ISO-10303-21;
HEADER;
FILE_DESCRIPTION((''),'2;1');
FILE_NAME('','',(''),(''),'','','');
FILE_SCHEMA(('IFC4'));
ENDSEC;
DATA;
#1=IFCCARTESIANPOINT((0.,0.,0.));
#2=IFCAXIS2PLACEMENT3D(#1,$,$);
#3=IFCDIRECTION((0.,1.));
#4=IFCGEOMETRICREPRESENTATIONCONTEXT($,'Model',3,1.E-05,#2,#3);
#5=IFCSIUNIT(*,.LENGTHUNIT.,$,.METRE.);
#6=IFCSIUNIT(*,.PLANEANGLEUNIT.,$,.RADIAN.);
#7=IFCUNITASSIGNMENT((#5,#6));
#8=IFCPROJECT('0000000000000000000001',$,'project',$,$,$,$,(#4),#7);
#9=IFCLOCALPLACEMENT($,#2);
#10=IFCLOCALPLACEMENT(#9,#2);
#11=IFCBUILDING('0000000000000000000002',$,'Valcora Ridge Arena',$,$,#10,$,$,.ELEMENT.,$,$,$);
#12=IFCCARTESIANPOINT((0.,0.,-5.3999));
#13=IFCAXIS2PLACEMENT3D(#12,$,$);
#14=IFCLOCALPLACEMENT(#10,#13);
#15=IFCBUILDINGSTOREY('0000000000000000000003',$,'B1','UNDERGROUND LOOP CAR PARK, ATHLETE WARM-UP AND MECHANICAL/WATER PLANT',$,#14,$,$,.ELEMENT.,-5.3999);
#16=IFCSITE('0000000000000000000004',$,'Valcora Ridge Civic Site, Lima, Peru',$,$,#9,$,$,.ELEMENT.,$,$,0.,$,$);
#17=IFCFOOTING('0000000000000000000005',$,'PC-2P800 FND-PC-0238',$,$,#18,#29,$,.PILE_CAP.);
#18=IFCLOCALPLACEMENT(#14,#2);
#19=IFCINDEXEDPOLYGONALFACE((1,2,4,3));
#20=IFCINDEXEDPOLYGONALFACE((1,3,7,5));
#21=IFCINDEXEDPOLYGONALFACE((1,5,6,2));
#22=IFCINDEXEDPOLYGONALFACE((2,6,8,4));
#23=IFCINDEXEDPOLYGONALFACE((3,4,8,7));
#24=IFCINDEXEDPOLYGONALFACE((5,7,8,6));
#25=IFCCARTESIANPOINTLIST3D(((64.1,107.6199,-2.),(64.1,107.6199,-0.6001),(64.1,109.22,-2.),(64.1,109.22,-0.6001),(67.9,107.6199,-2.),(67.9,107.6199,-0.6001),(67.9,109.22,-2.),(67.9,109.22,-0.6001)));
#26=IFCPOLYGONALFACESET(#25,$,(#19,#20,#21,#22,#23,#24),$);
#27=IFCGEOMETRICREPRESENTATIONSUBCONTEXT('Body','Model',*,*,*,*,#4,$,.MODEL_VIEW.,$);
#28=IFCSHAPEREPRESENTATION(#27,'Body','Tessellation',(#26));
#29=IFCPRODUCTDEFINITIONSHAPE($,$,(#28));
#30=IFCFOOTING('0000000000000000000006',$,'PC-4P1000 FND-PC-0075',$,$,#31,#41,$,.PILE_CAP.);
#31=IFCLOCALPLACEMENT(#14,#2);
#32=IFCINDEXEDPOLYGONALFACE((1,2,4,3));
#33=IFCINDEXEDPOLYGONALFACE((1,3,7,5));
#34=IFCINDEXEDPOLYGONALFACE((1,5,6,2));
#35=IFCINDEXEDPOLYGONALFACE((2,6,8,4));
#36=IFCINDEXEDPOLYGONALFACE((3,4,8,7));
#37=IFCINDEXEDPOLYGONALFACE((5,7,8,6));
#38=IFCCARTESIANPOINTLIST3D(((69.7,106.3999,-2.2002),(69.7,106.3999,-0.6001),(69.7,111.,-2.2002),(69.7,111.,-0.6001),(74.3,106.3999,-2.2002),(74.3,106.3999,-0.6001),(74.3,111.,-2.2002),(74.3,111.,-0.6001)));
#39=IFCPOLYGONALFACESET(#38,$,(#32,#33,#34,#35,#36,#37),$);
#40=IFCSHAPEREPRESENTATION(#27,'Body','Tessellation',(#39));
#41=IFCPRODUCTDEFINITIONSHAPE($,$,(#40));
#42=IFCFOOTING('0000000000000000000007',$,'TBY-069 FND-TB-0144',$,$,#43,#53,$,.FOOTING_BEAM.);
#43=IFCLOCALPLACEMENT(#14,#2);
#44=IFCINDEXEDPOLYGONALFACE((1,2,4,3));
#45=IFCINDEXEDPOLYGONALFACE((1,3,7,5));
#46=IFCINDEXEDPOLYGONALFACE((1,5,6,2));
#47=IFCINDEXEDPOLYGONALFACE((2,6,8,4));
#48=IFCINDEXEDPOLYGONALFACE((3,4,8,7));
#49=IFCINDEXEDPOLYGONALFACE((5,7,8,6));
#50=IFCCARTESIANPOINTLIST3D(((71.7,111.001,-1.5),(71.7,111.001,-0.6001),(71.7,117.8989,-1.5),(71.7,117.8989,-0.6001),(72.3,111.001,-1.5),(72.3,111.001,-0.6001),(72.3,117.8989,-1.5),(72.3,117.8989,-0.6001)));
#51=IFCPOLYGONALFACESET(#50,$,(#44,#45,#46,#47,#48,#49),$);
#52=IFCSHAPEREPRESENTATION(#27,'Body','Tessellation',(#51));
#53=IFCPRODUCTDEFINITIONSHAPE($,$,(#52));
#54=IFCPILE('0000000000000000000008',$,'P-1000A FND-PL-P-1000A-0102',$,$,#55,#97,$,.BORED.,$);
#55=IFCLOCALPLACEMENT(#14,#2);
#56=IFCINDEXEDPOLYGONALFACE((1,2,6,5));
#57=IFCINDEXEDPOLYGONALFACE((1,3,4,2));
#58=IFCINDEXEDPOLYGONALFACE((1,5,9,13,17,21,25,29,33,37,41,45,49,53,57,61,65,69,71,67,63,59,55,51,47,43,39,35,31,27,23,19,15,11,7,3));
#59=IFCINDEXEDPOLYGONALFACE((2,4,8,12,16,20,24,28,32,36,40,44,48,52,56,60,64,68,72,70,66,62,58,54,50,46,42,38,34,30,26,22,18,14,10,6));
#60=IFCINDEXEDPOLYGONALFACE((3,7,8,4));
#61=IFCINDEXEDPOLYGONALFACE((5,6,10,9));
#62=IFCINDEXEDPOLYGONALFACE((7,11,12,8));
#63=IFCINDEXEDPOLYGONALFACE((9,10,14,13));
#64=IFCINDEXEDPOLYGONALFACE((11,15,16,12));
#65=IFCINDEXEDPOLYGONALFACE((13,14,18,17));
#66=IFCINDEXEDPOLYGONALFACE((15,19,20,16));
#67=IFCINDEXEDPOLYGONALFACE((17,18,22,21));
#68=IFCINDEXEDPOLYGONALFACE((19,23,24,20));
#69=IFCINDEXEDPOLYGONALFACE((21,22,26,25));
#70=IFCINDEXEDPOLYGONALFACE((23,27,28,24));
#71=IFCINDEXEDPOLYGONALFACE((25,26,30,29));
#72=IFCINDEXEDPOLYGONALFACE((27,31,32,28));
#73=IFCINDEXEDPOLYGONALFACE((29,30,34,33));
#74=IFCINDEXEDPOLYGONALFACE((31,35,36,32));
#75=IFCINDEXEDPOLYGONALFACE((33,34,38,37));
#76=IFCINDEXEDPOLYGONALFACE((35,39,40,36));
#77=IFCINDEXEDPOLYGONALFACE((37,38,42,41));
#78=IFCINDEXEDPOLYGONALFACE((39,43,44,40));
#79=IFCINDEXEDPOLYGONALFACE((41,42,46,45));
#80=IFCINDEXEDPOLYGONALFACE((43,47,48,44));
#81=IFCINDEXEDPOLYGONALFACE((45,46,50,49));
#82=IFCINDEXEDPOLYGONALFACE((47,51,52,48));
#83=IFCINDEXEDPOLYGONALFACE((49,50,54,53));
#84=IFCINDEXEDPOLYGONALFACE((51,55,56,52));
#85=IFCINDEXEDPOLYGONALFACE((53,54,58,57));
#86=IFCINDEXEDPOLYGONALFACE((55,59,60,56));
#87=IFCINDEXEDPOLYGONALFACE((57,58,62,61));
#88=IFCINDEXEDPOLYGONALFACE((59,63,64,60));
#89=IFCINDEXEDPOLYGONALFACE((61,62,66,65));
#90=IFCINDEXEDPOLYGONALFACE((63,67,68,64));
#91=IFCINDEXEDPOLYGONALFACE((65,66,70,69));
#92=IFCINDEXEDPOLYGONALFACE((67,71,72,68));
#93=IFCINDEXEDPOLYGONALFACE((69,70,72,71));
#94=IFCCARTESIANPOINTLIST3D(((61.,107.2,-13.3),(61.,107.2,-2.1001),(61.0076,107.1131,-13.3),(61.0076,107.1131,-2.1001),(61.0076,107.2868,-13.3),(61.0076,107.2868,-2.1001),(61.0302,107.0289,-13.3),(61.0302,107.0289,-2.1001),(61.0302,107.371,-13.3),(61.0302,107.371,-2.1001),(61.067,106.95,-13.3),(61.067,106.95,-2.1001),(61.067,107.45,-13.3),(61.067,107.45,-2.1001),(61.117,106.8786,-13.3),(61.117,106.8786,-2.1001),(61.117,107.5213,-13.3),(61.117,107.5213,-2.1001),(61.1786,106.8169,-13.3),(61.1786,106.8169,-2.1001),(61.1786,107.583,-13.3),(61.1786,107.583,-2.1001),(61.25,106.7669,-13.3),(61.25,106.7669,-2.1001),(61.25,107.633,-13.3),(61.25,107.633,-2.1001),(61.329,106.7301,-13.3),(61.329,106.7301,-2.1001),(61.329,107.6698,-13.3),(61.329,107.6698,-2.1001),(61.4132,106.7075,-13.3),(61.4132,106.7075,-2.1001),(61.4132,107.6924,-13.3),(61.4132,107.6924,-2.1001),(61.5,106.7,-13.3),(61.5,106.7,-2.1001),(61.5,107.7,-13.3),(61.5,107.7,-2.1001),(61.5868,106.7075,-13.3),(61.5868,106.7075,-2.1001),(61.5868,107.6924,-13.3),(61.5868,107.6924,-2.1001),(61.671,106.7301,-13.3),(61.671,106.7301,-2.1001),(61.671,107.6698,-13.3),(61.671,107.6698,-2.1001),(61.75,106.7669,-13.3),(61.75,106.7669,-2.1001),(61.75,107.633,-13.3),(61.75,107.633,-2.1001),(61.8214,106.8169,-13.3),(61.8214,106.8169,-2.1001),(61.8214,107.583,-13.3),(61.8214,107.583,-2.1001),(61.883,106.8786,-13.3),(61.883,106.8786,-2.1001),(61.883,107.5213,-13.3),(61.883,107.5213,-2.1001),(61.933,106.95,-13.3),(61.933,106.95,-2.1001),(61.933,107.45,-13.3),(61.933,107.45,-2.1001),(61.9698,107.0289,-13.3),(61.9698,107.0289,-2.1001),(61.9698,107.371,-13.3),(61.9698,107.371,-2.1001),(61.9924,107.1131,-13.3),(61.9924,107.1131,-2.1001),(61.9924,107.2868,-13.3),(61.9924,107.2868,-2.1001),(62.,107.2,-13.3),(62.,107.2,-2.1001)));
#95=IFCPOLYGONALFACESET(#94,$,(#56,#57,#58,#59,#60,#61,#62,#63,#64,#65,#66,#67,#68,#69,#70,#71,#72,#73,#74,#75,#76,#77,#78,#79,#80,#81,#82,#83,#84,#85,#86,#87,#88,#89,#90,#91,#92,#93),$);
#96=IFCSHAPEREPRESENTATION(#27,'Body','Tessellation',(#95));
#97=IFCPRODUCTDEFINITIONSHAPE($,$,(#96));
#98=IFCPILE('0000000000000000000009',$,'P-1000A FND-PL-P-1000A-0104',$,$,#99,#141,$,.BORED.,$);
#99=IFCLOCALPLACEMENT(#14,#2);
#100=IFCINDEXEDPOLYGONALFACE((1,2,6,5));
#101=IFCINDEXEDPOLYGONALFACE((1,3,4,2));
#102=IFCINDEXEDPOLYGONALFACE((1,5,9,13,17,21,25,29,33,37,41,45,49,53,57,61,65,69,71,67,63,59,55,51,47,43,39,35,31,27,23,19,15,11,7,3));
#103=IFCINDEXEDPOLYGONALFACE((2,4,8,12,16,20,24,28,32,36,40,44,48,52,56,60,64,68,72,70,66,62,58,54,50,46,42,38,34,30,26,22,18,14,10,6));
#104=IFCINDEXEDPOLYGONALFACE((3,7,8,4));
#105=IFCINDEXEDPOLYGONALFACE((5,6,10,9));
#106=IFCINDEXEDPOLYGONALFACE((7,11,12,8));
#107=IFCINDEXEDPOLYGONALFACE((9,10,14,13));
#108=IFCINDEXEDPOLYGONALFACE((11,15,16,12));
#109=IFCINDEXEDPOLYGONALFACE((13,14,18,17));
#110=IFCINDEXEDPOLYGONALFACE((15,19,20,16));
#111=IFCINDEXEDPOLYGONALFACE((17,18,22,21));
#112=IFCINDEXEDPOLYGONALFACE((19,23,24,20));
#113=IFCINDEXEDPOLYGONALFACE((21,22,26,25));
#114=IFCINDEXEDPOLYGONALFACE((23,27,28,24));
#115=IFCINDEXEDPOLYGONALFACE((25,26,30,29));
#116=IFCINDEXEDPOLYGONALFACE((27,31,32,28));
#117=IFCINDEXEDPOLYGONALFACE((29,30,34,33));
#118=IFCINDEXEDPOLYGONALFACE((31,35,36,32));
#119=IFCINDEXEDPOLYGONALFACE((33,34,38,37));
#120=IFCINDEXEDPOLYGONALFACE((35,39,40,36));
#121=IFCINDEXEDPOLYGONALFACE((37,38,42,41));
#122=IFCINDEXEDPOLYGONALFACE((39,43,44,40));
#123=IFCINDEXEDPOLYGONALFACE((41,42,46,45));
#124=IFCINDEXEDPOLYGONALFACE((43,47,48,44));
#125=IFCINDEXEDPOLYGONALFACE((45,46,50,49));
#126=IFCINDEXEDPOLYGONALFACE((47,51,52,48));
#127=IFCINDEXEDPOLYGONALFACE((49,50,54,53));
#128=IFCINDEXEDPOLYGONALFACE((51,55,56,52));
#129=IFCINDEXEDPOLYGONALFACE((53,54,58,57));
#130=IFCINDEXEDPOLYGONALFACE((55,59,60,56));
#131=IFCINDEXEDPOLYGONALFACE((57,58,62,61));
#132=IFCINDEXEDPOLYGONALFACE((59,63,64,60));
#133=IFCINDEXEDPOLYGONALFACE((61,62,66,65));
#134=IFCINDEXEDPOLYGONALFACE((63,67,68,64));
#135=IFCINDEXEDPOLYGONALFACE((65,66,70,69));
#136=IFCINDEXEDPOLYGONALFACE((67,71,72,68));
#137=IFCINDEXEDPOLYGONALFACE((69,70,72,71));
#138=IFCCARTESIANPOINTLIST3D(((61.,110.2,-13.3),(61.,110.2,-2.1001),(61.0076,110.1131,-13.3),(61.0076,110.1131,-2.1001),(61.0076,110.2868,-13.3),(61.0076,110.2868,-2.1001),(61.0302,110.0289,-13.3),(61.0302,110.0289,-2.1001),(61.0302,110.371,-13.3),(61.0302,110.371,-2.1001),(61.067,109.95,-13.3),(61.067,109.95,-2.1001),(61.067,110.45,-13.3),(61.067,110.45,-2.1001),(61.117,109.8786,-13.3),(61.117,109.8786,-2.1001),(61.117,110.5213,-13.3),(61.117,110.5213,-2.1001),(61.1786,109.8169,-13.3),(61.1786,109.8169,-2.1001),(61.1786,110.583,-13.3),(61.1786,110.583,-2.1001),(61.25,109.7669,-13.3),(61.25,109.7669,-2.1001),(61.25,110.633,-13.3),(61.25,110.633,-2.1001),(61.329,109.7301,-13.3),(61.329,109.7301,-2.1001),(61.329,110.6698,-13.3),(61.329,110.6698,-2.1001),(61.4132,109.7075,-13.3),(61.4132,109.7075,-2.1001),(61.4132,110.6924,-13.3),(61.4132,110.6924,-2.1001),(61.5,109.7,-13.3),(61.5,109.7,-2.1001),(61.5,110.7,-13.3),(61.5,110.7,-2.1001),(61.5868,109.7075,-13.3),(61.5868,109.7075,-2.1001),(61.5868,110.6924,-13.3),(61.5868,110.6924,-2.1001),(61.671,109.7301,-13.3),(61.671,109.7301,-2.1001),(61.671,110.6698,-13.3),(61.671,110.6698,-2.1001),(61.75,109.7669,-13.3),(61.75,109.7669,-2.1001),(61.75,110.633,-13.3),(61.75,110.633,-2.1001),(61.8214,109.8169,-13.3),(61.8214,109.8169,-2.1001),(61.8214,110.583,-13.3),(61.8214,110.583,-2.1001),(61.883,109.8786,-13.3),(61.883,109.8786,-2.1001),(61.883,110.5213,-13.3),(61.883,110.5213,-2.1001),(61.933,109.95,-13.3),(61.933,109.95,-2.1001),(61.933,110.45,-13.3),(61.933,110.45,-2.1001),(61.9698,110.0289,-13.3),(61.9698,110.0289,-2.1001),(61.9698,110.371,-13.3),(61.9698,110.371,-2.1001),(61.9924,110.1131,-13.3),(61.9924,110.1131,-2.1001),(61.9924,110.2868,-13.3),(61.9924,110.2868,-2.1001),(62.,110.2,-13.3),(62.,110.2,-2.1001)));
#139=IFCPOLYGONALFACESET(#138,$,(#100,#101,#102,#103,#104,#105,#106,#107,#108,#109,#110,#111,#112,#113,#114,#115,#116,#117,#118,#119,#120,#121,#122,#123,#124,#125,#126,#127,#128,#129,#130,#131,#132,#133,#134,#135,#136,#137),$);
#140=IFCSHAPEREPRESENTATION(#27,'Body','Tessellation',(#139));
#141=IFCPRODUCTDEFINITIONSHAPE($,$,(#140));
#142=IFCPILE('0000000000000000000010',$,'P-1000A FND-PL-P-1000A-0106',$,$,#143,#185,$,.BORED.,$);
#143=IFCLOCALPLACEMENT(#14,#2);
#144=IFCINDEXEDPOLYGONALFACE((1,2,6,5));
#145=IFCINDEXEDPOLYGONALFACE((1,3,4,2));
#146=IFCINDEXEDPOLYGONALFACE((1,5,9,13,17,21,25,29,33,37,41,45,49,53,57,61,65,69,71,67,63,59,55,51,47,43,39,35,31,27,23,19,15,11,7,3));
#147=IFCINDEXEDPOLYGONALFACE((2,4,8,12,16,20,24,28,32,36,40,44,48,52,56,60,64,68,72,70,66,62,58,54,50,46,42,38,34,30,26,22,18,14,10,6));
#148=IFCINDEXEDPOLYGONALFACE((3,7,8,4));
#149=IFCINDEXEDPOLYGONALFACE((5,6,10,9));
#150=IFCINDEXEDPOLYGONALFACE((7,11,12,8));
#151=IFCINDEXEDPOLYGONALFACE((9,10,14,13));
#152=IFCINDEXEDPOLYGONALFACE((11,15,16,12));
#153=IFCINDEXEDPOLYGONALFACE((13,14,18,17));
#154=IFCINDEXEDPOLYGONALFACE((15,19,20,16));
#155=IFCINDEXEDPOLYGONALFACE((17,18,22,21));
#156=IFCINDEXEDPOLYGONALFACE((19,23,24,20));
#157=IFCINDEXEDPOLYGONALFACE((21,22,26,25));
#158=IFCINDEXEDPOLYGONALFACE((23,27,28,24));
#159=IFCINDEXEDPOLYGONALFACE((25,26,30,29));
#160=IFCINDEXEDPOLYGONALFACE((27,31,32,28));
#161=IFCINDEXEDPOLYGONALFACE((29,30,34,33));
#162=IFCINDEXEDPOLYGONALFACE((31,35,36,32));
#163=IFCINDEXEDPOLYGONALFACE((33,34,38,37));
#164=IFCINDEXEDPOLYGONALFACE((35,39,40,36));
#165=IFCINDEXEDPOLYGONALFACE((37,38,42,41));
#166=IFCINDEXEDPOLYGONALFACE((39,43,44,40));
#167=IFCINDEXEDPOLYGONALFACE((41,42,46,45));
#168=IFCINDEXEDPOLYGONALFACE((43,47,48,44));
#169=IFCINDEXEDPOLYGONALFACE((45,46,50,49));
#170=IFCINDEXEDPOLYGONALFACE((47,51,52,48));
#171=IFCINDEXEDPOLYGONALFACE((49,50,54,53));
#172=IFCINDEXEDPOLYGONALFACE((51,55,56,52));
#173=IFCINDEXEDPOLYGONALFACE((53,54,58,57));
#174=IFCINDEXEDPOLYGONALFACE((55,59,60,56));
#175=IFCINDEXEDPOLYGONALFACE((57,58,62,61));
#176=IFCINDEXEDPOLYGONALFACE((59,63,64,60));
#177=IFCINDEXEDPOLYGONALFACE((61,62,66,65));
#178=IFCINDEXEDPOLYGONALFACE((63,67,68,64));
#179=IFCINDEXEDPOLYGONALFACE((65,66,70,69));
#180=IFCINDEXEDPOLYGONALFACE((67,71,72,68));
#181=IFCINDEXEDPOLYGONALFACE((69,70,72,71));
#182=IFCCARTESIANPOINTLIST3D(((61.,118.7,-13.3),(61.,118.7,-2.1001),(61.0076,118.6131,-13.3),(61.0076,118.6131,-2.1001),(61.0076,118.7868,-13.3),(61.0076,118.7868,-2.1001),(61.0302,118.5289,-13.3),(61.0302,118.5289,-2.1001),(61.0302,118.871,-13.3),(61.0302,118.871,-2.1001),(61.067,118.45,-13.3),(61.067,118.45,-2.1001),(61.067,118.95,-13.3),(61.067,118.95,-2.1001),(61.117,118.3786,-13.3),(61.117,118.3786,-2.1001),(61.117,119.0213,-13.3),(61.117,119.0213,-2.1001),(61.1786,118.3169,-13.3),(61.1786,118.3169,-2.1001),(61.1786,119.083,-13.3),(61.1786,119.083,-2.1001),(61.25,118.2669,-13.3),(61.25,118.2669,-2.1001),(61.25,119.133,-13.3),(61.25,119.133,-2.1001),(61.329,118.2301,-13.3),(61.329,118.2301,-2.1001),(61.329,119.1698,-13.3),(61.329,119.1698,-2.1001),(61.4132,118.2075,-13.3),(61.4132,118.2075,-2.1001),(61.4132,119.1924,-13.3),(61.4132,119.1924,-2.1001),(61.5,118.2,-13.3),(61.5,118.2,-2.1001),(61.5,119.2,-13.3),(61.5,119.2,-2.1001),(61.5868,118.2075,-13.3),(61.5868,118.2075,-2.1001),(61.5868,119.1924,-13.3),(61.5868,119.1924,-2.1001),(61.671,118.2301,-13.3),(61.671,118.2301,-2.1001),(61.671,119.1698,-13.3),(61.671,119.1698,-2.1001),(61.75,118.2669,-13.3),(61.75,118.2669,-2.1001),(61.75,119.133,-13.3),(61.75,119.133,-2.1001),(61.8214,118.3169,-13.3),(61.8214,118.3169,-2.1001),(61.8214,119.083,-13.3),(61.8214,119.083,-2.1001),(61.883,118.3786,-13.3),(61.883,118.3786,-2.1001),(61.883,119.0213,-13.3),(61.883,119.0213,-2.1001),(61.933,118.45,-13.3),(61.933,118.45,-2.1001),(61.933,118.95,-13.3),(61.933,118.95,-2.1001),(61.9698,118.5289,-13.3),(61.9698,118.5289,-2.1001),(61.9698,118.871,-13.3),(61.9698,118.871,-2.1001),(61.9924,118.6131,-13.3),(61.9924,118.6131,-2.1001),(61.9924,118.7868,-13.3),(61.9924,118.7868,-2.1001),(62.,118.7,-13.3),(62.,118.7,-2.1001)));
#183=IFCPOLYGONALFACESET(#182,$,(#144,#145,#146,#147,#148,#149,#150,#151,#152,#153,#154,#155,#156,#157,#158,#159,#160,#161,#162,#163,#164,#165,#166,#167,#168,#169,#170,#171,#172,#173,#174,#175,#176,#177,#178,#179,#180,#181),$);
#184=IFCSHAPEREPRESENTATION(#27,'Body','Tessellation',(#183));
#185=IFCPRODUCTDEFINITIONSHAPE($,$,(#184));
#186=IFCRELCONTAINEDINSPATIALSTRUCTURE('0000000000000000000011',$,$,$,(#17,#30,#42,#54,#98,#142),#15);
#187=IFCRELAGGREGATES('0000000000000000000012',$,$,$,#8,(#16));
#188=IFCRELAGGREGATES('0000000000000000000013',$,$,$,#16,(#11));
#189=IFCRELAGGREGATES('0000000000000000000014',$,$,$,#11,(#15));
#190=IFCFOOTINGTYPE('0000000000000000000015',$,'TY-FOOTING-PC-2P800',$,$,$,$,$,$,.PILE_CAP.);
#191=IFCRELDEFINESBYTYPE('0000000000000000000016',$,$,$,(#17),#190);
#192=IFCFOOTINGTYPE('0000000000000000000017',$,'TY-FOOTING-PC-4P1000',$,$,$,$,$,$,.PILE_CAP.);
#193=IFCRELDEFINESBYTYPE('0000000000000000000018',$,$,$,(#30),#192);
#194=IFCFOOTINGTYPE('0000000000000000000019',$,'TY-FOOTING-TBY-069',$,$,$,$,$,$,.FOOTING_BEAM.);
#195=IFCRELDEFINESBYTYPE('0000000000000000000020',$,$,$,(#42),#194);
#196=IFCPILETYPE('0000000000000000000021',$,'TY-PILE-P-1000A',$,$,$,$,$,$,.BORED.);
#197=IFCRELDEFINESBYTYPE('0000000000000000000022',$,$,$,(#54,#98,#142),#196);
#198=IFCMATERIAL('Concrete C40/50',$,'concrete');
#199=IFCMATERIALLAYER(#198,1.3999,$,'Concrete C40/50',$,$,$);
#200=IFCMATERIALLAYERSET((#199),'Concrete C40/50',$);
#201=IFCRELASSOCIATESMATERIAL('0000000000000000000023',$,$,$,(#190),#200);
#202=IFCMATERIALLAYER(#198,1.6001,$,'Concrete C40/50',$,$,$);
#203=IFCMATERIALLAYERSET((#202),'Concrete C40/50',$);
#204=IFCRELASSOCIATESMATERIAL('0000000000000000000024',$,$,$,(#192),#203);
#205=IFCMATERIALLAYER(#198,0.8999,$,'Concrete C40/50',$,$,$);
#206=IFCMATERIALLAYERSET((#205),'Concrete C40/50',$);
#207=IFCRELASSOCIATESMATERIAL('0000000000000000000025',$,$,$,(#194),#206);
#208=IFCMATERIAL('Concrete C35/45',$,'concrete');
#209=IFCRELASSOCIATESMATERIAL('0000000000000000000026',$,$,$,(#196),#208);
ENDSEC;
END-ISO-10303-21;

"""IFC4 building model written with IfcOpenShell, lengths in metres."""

from ifc_helpers import new_model, si_unit, direction, frame, origin, origin_2d, place, context, subcontext, project, spatial, rectangle, circle, extrude, material, layer, layer_set, material_profile, profile_set, type_object, element, save


model = new_model("IFC4")

# Units and contexts
model_context = context("Model", 3, precision=1e-05, world=origin(), true_north=direction((0.0, 1.0)))
body_context = subcontext(model_context, "Body", "Model", "MODEL_VIEW")
ifc_project = project(units=[si_unit("LENGTHUNIT", "METRE"), si_unit("PLANEANGLEUNIT", "RADIAN")], contexts=[model_context])

# Site, building, storey
site_placement = place(None, origin())
site = spatial("IfcSite", under=ifc_project, at=site_placement, Name="Valcora Ridge Civic Site, Lima, Peru", CompositionType="ELEMENT", RefElevation=0.0)
building_placement = place(site_placement, origin())
building = spatial("IfcBuilding", under=site, at=building_placement, Name="Valcora Ridge Arena", CompositionType="ELEMENT")
storey_placement = place(building_placement, frame((0.0, 0.0, -5.3999)))
storey = spatial("IfcBuildingStorey", under=building, at=storey_placement, Name="B1", Description="UNDERGROUND LOOP CAR PARK, ATHLETE WARM-UP AND MECHANICAL/WATER PLANT", CompositionType="ELEMENT", Elevation=-5.3999)

# Footings
ifc_material_1 = material(Name="Concrete C40/50", Category="concrete")
ifc_layer_1 = layer(ifc_material_1, 1.3999, Name="Concrete C40/50")
ifc_layer_set_1 = layer_set([ifc_layer_1], Name="Concrete C40/50")
footing_type_1 = type_object("IfcFootingType", Name="TY-FOOTING-PC-2P800", PredefinedType="PILE_CAP", material=ifc_layer_set_1)
footing_1_placement = place(storey_placement, frame((66.0, 108.4199, -2.0), z_axis=(0.0, 0.0, 1.0), x_axis=(1.0, 0.0, 0.0)))
element("IfcFooting", 1, at=footing_1_placement, inside=storey, type_object=footing_type_1, Name="PC-2P800 FND-PC-0238", PredefinedType="PILE_CAP", context=body_context, shape_type="SweptSolid", body=[
    extrude(rectangle(XDim=3.8, YDim=1.6001, at=origin_2d()), origin(), (0.0, 0.0, 1.0), 1.3999),
])
ifc_layer_2 = layer(ifc_material_1, 1.6001, Name="Concrete C40/50")
ifc_layer_set_2 = layer_set([ifc_layer_2], Name="Concrete C40/50")
footing_type_2 = type_object("IfcFootingType", Name="TY-FOOTING-PC-4P1000", PredefinedType="PILE_CAP", material=ifc_layer_set_2)
footing_2_placement = place(storey_placement, frame((72.0, 108.7, -2.2002), z_axis=(0.0, 0.0, 1.0), x_axis=(1.0, 0.0, 0.0)))
element("IfcFooting", 2, at=footing_2_placement, inside=storey, type_object=footing_type_2, Name="PC-4P1000 FND-PC-0075", PredefinedType="PILE_CAP", context=body_context, shape_type="SweptSolid", body=[
    extrude(rectangle(XDim=4.6001, YDim=4.6001, at=origin_2d()), origin(), (0.0, 0.0, 1.0), 1.6001),
])
ifc_layer_3 = layer(ifc_material_1, 0.8999, Name="Concrete C40/50")
ifc_layer_set_3 = layer_set([ifc_layer_3], Name="Concrete C40/50")
footing_type_3 = type_object("IfcFootingType", Name="TY-FOOTING-TBY-069", PredefinedType="FOOTING_BEAM", material=ifc_layer_set_3)
footing_3_placement = place(storey_placement, frame((72.0, 114.45, -1.5), z_axis=(0.0, 0.0, 1.0), x_axis=(1.0, 0.0, 0.0)))
element("IfcFooting", 3, at=footing_3_placement, inside=storey, type_object=footing_type_3, Name="TBY-069 FND-TB-0144", PredefinedType="FOOTING_BEAM", context=body_context, shape_type="SweptSolid", body=[
    extrude(rectangle(XDim=0.6001, YDim=6.8979, at=origin_2d()), origin(), (0.0, 0.0, 1.0), 0.8999),
])

# Piles
ifc_material_2 = material(Name="Concrete C35/45", Category="concrete")
ifc_material_profile_1 = material_profile(ifc_material_2, circle(Radius=0.5, at=origin_2d()), Name="BORED PILE D1000")
ifc_profile_set_1 = profile_set([ifc_material_profile_1], Name="Concrete C35/45")
pile_type_1 = type_object("IfcPileType", Name="TY-PILE-P-1000A", PredefinedType="BORED", material=ifc_profile_set_1)
for number, where, z_axis, x_axis, name in (
    (4, (61.5, 107.2, -2.1001), (0.0, 0.0, -1.0), (1.0, 0.0, 0.0), "P-1000A FND-PL-P-1000A-0102"),
    (5, (61.5, 110.2, -2.1001), (0.0, 0.0, -1.0), (1.0, 0.0, 0.0), "P-1000A FND-PL-P-1000A-0104"),
    (6, (61.5, 118.7, -2.1001), (0.0, 0.0, -1.0), (1.0, 0.0, 0.0), "P-1000A FND-PL-P-1000A-0106"),
):
    element("IfcPile", number, at=place(storey_placement, frame(where, z_axis=z_axis, x_axis=x_axis)), inside=storey, type_object=pile_type_1, Name=name, PredefinedType="BORED", context=body_context, shape_type="SweptSolid", body=[
        extrude(circle(Radius=0.5, at=origin_2d()), origin(), (0.0, 0.0, 1.0), 11.2),
    ])

save(model, "model.ifc")
